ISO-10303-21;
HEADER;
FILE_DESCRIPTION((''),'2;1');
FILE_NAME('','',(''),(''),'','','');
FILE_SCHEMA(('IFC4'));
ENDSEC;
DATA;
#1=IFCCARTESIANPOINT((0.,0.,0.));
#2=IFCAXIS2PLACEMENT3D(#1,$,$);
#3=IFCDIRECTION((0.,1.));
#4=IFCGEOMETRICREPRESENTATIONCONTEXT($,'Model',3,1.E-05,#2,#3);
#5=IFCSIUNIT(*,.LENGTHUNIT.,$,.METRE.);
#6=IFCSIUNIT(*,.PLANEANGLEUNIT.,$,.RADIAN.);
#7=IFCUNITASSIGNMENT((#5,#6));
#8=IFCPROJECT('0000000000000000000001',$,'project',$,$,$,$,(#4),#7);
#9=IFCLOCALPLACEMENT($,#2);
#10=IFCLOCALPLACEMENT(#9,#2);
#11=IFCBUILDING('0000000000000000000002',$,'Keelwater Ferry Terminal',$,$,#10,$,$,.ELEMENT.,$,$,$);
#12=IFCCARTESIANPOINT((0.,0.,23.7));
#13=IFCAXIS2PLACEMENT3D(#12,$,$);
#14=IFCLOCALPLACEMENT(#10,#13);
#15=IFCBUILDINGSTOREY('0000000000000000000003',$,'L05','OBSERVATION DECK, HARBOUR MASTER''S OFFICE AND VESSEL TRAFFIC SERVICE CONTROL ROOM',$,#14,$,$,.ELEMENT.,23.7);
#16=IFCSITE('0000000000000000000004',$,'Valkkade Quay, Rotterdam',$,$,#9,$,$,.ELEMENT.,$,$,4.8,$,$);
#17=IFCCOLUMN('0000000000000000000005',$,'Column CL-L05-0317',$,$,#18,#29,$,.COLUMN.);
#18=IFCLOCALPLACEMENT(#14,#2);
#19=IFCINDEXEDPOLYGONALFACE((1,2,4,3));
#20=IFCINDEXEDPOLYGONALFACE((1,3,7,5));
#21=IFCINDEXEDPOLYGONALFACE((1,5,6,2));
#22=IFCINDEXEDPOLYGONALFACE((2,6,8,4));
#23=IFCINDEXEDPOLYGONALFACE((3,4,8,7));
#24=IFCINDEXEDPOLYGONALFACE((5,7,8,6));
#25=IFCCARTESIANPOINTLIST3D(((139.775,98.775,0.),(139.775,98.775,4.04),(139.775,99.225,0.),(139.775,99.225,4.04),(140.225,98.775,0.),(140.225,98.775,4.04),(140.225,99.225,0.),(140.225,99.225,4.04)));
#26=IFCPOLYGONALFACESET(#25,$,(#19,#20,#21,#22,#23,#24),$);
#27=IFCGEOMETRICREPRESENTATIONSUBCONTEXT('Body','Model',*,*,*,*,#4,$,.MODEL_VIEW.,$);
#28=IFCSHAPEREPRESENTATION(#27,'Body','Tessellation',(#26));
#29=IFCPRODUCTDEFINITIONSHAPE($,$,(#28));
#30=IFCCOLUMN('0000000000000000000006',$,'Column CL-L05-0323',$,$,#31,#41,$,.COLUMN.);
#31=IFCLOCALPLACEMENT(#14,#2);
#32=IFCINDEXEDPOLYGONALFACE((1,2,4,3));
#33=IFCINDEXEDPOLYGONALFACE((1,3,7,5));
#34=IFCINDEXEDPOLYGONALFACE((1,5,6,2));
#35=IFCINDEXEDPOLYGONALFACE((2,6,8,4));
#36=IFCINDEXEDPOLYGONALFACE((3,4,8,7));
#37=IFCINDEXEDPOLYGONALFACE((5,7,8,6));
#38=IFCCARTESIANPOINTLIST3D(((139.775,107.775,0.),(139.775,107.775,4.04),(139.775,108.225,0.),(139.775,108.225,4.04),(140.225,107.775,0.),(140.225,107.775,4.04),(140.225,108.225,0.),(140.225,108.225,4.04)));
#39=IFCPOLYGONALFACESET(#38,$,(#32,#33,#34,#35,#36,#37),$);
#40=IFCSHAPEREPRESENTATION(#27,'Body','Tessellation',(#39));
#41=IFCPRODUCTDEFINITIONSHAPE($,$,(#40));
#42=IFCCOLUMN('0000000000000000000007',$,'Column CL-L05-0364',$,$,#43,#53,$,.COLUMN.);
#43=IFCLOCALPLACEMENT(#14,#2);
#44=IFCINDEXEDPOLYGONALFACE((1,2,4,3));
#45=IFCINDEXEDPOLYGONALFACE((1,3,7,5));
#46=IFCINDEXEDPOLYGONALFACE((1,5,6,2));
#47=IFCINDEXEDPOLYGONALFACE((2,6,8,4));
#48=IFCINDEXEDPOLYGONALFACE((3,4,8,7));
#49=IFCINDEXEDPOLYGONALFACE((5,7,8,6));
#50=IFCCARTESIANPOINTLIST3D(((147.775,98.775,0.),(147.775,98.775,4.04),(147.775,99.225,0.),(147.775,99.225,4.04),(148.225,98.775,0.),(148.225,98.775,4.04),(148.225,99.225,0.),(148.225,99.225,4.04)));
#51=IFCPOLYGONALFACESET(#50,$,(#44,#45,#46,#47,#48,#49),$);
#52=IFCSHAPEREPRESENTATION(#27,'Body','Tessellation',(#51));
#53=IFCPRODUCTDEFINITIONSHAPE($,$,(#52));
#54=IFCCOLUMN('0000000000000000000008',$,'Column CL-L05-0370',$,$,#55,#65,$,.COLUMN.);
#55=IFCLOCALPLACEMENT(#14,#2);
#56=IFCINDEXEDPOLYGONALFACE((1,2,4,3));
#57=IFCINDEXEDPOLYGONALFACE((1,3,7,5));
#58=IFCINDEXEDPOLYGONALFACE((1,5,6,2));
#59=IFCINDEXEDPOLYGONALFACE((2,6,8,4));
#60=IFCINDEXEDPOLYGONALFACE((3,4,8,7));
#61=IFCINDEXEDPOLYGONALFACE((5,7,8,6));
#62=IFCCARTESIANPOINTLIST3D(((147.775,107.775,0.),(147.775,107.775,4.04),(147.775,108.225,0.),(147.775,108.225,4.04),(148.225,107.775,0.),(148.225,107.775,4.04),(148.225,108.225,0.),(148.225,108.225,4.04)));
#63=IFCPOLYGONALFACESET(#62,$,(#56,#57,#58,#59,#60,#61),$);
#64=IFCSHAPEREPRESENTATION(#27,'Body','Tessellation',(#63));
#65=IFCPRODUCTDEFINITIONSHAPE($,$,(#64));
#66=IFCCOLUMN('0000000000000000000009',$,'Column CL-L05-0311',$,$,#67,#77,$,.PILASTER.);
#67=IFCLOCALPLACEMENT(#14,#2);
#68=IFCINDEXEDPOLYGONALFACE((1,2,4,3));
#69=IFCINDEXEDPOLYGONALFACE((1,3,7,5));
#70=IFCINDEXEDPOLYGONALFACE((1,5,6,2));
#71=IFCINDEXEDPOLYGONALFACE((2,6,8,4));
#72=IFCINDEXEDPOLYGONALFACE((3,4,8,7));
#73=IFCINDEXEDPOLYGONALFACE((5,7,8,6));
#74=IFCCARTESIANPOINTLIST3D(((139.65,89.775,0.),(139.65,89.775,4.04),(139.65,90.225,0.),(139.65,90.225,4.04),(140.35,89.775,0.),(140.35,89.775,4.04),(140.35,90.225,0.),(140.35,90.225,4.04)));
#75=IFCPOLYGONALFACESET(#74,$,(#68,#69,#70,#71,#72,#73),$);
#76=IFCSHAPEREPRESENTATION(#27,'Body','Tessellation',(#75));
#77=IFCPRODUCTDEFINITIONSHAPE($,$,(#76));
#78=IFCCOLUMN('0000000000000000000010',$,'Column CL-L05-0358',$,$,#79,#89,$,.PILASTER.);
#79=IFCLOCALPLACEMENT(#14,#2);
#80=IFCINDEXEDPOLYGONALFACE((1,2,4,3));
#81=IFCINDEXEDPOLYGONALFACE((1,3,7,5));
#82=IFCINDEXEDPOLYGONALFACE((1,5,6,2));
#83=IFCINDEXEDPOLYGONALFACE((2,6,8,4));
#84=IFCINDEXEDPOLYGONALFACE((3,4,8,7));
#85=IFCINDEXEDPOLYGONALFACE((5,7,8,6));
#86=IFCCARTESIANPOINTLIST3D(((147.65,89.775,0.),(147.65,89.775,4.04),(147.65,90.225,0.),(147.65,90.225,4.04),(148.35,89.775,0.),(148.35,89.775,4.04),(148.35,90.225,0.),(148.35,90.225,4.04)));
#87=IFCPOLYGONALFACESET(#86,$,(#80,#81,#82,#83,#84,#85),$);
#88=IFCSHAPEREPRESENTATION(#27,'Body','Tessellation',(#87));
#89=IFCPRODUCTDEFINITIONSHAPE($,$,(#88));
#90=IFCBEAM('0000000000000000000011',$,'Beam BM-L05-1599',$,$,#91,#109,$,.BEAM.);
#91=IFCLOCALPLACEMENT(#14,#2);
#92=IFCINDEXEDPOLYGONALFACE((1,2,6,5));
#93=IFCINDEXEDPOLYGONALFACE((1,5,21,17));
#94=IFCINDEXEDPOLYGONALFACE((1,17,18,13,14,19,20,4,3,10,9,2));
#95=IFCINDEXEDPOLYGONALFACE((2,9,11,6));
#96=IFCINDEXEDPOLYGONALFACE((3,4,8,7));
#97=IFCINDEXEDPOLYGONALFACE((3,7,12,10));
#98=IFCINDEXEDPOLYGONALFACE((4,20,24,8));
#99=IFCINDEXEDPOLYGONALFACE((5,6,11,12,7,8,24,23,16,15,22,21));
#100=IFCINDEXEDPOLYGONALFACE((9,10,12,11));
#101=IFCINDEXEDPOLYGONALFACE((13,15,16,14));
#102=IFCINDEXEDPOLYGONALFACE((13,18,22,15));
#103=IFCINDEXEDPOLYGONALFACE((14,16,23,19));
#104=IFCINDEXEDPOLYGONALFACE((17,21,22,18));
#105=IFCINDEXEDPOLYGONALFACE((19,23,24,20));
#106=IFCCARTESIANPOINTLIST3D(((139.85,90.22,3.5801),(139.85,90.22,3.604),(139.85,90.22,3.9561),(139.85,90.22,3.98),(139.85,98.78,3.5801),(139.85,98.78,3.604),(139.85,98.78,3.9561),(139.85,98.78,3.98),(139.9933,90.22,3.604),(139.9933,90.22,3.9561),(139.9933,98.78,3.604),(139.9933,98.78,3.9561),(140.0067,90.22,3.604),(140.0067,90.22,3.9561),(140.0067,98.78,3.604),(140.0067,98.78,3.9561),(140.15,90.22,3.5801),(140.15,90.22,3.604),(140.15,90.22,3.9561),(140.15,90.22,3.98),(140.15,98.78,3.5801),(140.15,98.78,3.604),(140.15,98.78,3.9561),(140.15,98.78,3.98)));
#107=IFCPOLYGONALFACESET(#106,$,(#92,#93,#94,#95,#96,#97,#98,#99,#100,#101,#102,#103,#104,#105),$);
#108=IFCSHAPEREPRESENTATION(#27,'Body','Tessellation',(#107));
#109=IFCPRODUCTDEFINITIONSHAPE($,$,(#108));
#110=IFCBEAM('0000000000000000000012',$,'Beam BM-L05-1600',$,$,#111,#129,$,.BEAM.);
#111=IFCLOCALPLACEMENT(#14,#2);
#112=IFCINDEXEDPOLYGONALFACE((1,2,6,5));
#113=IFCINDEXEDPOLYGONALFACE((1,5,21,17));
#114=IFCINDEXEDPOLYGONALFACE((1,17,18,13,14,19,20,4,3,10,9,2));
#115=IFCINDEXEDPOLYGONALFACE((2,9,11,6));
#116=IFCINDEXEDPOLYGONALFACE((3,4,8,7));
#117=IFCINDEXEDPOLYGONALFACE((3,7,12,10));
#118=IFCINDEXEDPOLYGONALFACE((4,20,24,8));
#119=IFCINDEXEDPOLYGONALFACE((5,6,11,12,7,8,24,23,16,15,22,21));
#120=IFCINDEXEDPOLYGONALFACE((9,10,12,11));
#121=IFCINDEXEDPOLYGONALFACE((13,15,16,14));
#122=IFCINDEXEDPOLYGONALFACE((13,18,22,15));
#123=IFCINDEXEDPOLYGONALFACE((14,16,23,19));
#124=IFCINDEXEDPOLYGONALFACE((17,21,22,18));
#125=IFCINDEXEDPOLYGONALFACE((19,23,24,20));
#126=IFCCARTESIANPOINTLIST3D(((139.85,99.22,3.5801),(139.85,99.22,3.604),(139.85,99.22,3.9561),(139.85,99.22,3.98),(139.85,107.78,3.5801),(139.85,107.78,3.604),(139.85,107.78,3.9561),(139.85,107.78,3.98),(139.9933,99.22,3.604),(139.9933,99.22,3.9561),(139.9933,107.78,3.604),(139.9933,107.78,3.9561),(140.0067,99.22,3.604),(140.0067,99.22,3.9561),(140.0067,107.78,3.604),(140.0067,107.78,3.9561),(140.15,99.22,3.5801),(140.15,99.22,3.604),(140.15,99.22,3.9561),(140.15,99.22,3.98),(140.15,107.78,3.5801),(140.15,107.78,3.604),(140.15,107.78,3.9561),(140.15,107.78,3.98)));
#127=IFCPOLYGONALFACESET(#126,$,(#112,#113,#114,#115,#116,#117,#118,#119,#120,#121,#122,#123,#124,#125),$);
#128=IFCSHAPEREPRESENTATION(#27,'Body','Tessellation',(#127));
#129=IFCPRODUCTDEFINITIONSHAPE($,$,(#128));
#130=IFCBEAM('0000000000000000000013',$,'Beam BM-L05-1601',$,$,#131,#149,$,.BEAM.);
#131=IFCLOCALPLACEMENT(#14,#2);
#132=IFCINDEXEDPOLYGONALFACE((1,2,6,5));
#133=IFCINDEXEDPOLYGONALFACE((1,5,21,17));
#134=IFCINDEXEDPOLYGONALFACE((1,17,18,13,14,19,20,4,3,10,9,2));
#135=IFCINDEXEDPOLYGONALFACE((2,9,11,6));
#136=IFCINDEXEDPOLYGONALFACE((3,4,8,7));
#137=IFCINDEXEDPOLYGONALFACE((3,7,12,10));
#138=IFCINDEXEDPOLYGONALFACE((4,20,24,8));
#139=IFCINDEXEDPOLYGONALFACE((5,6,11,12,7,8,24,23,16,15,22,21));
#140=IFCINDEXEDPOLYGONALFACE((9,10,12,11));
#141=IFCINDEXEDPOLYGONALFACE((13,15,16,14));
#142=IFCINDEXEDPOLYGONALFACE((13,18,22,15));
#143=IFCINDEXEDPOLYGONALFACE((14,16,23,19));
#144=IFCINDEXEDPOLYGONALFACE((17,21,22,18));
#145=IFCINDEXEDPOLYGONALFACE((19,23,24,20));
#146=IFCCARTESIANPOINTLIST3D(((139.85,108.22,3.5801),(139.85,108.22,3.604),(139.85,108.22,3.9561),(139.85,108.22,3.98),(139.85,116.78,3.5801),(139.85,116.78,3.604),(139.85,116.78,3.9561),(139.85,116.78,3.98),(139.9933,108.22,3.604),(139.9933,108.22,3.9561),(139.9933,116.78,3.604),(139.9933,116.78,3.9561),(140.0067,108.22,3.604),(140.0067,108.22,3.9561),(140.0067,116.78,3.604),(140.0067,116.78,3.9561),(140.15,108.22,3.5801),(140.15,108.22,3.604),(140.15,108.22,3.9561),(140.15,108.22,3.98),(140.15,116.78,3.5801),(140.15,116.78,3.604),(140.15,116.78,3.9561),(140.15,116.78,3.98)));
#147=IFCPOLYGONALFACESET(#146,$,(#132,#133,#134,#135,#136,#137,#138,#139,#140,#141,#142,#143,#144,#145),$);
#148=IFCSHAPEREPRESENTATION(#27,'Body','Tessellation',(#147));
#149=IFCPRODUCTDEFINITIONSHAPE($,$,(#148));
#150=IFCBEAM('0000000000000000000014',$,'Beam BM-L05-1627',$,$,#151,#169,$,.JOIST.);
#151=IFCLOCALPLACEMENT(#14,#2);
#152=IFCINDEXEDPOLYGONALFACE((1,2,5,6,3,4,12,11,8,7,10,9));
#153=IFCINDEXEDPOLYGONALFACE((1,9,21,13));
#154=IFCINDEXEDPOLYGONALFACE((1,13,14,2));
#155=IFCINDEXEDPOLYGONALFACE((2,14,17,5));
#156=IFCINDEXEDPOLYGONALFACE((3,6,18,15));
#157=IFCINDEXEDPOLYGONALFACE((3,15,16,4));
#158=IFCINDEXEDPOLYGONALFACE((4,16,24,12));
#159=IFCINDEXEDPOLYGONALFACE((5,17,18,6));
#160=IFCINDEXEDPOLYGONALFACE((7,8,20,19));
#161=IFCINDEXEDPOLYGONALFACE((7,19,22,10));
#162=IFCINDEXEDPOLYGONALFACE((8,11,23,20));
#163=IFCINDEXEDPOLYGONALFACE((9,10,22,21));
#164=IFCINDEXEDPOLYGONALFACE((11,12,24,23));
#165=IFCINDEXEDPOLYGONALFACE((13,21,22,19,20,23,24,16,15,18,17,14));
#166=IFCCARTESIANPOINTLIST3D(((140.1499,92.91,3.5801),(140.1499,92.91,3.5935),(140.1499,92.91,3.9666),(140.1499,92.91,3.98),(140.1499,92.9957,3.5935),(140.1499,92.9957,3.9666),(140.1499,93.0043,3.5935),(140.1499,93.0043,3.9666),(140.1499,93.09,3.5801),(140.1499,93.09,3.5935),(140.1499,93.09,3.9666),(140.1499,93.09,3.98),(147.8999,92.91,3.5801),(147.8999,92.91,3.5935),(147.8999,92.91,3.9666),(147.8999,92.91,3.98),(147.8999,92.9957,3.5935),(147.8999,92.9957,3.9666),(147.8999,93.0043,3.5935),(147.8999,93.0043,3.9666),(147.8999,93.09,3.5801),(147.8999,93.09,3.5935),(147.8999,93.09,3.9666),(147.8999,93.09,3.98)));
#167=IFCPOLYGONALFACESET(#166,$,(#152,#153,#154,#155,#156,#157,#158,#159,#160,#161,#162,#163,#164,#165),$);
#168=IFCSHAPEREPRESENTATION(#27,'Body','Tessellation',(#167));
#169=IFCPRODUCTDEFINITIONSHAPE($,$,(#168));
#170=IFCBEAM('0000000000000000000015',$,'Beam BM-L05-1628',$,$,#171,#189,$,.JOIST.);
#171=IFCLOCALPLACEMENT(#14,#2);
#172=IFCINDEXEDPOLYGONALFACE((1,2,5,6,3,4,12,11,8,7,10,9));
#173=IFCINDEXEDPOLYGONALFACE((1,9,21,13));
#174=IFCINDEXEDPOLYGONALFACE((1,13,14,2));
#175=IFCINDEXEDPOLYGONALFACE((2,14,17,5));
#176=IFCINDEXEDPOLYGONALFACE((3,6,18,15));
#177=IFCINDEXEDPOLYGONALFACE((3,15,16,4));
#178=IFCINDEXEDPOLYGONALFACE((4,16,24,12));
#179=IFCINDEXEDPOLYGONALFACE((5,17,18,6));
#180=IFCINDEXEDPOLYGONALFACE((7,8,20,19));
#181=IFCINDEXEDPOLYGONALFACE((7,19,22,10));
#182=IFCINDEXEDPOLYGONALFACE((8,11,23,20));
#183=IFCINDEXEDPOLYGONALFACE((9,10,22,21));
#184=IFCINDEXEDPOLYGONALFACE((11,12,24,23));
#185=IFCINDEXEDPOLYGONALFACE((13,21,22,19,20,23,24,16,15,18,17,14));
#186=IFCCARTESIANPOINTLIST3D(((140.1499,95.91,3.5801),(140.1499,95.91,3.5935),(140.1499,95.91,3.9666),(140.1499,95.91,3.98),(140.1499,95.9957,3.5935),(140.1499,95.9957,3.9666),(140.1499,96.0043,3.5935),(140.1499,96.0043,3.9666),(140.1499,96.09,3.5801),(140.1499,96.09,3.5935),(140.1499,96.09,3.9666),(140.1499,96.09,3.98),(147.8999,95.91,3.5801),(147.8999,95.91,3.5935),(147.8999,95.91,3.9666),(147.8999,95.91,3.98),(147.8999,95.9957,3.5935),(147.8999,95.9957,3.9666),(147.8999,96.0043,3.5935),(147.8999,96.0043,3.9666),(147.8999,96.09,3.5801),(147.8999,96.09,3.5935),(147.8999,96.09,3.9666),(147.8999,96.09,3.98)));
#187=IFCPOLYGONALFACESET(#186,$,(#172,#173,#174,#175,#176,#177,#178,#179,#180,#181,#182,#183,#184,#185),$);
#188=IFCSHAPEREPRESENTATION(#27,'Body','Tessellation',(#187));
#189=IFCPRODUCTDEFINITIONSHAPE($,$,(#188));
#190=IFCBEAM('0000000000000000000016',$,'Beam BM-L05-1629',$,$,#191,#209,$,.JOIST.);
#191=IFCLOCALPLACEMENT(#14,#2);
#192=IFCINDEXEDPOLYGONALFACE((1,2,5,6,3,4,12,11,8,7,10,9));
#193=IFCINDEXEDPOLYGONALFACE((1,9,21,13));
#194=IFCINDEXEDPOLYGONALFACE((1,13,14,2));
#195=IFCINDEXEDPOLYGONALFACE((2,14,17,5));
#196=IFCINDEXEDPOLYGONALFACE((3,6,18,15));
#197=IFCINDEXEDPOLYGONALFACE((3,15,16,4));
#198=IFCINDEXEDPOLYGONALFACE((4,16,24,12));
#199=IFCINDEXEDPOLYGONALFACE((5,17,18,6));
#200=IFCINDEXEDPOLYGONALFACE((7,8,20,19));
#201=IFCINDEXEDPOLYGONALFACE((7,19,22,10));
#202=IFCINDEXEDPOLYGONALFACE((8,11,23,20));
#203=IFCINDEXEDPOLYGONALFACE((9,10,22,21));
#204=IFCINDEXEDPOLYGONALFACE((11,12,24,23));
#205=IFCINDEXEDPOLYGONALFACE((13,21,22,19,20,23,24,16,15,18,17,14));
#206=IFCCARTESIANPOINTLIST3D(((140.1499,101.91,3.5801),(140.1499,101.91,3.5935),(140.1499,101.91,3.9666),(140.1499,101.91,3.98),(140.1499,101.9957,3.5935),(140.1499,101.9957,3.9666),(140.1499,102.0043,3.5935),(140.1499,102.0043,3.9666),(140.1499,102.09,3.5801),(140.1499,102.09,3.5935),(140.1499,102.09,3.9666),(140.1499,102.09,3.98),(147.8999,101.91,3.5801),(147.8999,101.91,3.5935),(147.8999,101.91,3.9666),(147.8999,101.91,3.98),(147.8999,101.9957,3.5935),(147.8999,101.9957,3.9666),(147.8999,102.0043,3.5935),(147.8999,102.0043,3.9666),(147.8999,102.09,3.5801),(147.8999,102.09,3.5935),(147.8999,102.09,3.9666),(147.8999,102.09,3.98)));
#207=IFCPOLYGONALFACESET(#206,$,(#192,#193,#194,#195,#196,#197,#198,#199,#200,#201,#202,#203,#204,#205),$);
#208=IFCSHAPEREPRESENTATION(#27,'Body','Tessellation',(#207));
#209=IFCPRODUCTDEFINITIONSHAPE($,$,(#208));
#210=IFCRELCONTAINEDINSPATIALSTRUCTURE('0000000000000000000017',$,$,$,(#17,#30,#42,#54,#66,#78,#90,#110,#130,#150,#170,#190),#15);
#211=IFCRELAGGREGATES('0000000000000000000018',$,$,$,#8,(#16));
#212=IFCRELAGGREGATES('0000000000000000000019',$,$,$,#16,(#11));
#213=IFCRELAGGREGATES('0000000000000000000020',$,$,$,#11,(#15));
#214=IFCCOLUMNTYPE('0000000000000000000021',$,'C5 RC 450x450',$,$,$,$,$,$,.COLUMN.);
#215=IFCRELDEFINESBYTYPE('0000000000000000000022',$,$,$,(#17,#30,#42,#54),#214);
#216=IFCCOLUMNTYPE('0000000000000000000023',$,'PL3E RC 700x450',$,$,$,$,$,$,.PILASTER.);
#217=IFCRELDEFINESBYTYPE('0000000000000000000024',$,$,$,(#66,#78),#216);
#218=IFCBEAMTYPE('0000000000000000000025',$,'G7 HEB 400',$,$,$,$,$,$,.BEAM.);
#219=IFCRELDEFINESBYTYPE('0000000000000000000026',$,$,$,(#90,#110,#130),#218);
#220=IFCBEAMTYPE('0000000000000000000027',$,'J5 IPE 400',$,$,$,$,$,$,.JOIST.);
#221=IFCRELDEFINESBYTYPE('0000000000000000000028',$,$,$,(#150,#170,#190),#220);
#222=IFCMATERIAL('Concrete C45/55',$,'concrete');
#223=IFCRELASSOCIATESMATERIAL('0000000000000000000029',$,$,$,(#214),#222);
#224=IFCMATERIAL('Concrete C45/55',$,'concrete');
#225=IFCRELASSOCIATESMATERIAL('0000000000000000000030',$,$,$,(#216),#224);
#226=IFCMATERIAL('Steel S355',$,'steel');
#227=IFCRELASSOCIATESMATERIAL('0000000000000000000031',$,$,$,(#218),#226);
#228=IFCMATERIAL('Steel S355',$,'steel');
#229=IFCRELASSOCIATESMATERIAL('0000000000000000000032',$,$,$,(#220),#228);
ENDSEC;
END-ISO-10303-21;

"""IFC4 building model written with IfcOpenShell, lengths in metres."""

from ifc_helpers import new_model, si_unit, direction, frame, origin, origin_2d, place, context, subcontext, project, spatial, rectangle, i_section, extrude, material, material_profile, profile_set, type_object, element, save


model = new_model("IFC4")

# Units and contexts
model_context = context("Model", 3, precision=1e-05, world=origin(), true_north=direction((0.0, 1.0)))
body_context = subcontext(model_context, "Body", "Model", "MODEL_VIEW")
ifc_project = project(units=[si_unit("LENGTHUNIT", "METRE"), si_unit("PLANEANGLEUNIT", "RADIAN")], contexts=[model_context])

# Site, building, storey
site_placement = place(None, origin())
site = spatial("IfcSite", under=ifc_project, at=site_placement, Name="Valkkade Quay, Rotterdam", CompositionType="ELEMENT", RefElevation=4.8)
building_placement = place(site_placement, origin())
building = spatial("IfcBuilding", under=site, at=building_placement, Name="Keelwater Ferry Terminal", CompositionType="ELEMENT")
storey_placement = place(building_placement, frame((0.0, 0.0, 23.7)))
storey = spatial("IfcBuildingStorey", under=building, at=storey_placement, Name="L05", Description="OBSERVATION DECK, HARBOUR MASTER'S OFFICE AND VESSEL TRAFFIC SERVICE CONTROL ROOM", CompositionType="ELEMENT", Elevation=23.7)

# Columns
ifc_material_1 = material(Name="Concrete C45/55", Category="concrete")
ifc_material_profile_1 = material_profile(ifc_material_1, rectangle(XDim=0.45, YDim=0.45, at=origin_2d()), Name="RC 450x450")
ifc_profile_set_1 = profile_set([ifc_material_profile_1], Name="Concrete C45/55")
column_type_1 = type_object("IfcColumnType", Name="C5 RC 450x450", PredefinedType="COLUMN", material=ifc_profile_set_1)
for number, where, z_axis, x_axis, name in (
    (1, (140.0, 99.0, 0.0), (0.0, 0.0, 1.0), (1.0, 0.0, 0.0), "Column CL-L05-0317"),
    (2, (140.0, 108.0, 0.0), (0.0, 0.0, 1.0), (1.0, 0.0, 0.0), "Column CL-L05-0323"),
    (3, (148.0, 99.0, 0.0), (0.0, 0.0, 1.0), (1.0, 0.0, 0.0), "Column CL-L05-0364"),
    (4, (148.0, 108.0, 0.0), (0.0, 0.0, 1.0), (1.0, 0.0, 0.0), "Column CL-L05-0370"),
):
    element("IfcColumn", number, at=place(storey_placement, frame(where, z_axis=z_axis, x_axis=x_axis)), inside=storey, type_object=column_type_1, Name=name, PredefinedType="COLUMN", context=body_context, shape_type="SweptSolid", body=[
        extrude(rectangle(XDim=0.45, YDim=0.45, at=origin_2d()), origin(), (0.0, 0.0, 1.0), 4.04),
    ])
ifc_material_2 = material(Name="Concrete C45/55", Category="concrete")
ifc_material_profile_2 = material_profile(ifc_material_2, rectangle(XDim=0.45, YDim=0.7, at=origin_2d()), Name="RC 700x450")
ifc_profile_set_2 = profile_set([ifc_material_profile_2], Name="Concrete C45/55")
column_type_2 = type_object("IfcColumnType", Name="PL3E RC 700x450", PredefinedType="PILASTER", material=ifc_profile_set_2)
for number, where, z_axis, x_axis, name in (
    (5, (140.0, 90.0, 0.0), (0.0, 0.0, 1.0), (0.0, 1.0, 0.0), "Column CL-L05-0311"),
    (6, (148.0, 90.0, 0.0), (0.0, 0.0, 1.0), (0.0, 1.0, 0.0), "Column CL-L05-0358"),
):
    element("IfcColumn", number, at=place(storey_placement, frame(where, z_axis=z_axis, x_axis=x_axis)), inside=storey, type_object=column_type_2, Name=name, PredefinedType="PILASTER", context=body_context, shape_type="SweptSolid", body=[
        extrude(rectangle(XDim=0.45, YDim=0.7, at=origin_2d()), origin(), (0.0, 0.0, 1.0), 4.04),
    ])

# Beams
ifc_material_3 = material(Name="Steel S355", Category="steel")
ifc_material_profile_3 = material_profile(ifc_material_3, i_section(OverallWidth=0.3, OverallDepth=0.3999, WebThickness=0.0134, FlangeThickness=0.0239, at=origin_2d()), Name="HEB 400")
ifc_profile_set_3 = profile_set([ifc_material_profile_3], Name="Steel S355")
beam_type_1 = type_object("IfcBeamType", Name="G7 HEB 400", PredefinedType="BEAM", material=ifc_profile_set_3)
for number, where, z_axis, x_axis, name in (
    (7, (140.0, 90.22, 3.78), (0.0, 1.0, 0.0), (-1.0, 0.0, 0.0), "Beam BM-L05-1599"),
    (8, (140.0, 99.22, 3.78), (0.0, 1.0, 0.0), (-1.0, 0.0, 0.0), "Beam BM-L05-1600"),
    (9, (140.0, 108.22, 3.78), (0.0, 1.0, 0.0), (-1.0, 0.0, 0.0), "Beam BM-L05-1601"),
):
    element("IfcBeam", number, at=place(storey_placement, frame(where, z_axis=z_axis, x_axis=x_axis)), inside=storey, type_object=beam_type_1, Name=name, PredefinedType="BEAM", context=body_context, shape_type="SweptSolid", body=[
        extrude(i_section(OverallWidth=0.3, OverallDepth=0.3999, WebThickness=0.0134, FlangeThickness=0.0239, at=origin_2d()), origin(), (0.0, 0.0, 1.0), 8.5601),
    ])
ifc_material_4 = material(Name="Steel S355", Category="steel")
ifc_material_profile_4 = material_profile(ifc_material_4, i_section(OverallWidth=0.1799, OverallDepth=0.3999, WebThickness=0.0085, FlangeThickness=0.0134, at=origin_2d()), Name="IPE 400")
ifc_profile_set_4 = profile_set([ifc_material_profile_4], Name="Steel S355")
beam_type_2 = type_object("IfcBeamType", Name="J5 IPE 400", PredefinedType="JOIST", material=ifc_profile_set_4)
for number, where, z_axis, x_axis, name in (
    (10, (140.1499, 93.0, 3.78), (1.0, 0.0, 0.0), (0.0, 1.0, 0.0), "Beam BM-L05-1627"),
    (11, (140.1499, 96.0, 3.78), (1.0, 0.0, 0.0), (0.0, 1.0, 0.0), "Beam BM-L05-1628"),
    (12, (140.1499, 102.0, 3.78), (1.0, 0.0, 0.0), (0.0, 1.0, 0.0), "Beam BM-L05-1629"),
):
    element("IfcBeam", number, at=place(storey_placement, frame(where, z_axis=z_axis, x_axis=x_axis)), inside=storey, type_object=beam_type_2, Name=name, PredefinedType="JOIST", context=body_context, shape_type="SweptSolid", body=[
        extrude(i_section(OverallWidth=0.1799, OverallDepth=0.3999, WebThickness=0.0085, FlangeThickness=0.0134, at=origin_2d()), origin(), (0.0, 0.0, 1.0), 7.75),
    ])

save(model, "model.ifc")
